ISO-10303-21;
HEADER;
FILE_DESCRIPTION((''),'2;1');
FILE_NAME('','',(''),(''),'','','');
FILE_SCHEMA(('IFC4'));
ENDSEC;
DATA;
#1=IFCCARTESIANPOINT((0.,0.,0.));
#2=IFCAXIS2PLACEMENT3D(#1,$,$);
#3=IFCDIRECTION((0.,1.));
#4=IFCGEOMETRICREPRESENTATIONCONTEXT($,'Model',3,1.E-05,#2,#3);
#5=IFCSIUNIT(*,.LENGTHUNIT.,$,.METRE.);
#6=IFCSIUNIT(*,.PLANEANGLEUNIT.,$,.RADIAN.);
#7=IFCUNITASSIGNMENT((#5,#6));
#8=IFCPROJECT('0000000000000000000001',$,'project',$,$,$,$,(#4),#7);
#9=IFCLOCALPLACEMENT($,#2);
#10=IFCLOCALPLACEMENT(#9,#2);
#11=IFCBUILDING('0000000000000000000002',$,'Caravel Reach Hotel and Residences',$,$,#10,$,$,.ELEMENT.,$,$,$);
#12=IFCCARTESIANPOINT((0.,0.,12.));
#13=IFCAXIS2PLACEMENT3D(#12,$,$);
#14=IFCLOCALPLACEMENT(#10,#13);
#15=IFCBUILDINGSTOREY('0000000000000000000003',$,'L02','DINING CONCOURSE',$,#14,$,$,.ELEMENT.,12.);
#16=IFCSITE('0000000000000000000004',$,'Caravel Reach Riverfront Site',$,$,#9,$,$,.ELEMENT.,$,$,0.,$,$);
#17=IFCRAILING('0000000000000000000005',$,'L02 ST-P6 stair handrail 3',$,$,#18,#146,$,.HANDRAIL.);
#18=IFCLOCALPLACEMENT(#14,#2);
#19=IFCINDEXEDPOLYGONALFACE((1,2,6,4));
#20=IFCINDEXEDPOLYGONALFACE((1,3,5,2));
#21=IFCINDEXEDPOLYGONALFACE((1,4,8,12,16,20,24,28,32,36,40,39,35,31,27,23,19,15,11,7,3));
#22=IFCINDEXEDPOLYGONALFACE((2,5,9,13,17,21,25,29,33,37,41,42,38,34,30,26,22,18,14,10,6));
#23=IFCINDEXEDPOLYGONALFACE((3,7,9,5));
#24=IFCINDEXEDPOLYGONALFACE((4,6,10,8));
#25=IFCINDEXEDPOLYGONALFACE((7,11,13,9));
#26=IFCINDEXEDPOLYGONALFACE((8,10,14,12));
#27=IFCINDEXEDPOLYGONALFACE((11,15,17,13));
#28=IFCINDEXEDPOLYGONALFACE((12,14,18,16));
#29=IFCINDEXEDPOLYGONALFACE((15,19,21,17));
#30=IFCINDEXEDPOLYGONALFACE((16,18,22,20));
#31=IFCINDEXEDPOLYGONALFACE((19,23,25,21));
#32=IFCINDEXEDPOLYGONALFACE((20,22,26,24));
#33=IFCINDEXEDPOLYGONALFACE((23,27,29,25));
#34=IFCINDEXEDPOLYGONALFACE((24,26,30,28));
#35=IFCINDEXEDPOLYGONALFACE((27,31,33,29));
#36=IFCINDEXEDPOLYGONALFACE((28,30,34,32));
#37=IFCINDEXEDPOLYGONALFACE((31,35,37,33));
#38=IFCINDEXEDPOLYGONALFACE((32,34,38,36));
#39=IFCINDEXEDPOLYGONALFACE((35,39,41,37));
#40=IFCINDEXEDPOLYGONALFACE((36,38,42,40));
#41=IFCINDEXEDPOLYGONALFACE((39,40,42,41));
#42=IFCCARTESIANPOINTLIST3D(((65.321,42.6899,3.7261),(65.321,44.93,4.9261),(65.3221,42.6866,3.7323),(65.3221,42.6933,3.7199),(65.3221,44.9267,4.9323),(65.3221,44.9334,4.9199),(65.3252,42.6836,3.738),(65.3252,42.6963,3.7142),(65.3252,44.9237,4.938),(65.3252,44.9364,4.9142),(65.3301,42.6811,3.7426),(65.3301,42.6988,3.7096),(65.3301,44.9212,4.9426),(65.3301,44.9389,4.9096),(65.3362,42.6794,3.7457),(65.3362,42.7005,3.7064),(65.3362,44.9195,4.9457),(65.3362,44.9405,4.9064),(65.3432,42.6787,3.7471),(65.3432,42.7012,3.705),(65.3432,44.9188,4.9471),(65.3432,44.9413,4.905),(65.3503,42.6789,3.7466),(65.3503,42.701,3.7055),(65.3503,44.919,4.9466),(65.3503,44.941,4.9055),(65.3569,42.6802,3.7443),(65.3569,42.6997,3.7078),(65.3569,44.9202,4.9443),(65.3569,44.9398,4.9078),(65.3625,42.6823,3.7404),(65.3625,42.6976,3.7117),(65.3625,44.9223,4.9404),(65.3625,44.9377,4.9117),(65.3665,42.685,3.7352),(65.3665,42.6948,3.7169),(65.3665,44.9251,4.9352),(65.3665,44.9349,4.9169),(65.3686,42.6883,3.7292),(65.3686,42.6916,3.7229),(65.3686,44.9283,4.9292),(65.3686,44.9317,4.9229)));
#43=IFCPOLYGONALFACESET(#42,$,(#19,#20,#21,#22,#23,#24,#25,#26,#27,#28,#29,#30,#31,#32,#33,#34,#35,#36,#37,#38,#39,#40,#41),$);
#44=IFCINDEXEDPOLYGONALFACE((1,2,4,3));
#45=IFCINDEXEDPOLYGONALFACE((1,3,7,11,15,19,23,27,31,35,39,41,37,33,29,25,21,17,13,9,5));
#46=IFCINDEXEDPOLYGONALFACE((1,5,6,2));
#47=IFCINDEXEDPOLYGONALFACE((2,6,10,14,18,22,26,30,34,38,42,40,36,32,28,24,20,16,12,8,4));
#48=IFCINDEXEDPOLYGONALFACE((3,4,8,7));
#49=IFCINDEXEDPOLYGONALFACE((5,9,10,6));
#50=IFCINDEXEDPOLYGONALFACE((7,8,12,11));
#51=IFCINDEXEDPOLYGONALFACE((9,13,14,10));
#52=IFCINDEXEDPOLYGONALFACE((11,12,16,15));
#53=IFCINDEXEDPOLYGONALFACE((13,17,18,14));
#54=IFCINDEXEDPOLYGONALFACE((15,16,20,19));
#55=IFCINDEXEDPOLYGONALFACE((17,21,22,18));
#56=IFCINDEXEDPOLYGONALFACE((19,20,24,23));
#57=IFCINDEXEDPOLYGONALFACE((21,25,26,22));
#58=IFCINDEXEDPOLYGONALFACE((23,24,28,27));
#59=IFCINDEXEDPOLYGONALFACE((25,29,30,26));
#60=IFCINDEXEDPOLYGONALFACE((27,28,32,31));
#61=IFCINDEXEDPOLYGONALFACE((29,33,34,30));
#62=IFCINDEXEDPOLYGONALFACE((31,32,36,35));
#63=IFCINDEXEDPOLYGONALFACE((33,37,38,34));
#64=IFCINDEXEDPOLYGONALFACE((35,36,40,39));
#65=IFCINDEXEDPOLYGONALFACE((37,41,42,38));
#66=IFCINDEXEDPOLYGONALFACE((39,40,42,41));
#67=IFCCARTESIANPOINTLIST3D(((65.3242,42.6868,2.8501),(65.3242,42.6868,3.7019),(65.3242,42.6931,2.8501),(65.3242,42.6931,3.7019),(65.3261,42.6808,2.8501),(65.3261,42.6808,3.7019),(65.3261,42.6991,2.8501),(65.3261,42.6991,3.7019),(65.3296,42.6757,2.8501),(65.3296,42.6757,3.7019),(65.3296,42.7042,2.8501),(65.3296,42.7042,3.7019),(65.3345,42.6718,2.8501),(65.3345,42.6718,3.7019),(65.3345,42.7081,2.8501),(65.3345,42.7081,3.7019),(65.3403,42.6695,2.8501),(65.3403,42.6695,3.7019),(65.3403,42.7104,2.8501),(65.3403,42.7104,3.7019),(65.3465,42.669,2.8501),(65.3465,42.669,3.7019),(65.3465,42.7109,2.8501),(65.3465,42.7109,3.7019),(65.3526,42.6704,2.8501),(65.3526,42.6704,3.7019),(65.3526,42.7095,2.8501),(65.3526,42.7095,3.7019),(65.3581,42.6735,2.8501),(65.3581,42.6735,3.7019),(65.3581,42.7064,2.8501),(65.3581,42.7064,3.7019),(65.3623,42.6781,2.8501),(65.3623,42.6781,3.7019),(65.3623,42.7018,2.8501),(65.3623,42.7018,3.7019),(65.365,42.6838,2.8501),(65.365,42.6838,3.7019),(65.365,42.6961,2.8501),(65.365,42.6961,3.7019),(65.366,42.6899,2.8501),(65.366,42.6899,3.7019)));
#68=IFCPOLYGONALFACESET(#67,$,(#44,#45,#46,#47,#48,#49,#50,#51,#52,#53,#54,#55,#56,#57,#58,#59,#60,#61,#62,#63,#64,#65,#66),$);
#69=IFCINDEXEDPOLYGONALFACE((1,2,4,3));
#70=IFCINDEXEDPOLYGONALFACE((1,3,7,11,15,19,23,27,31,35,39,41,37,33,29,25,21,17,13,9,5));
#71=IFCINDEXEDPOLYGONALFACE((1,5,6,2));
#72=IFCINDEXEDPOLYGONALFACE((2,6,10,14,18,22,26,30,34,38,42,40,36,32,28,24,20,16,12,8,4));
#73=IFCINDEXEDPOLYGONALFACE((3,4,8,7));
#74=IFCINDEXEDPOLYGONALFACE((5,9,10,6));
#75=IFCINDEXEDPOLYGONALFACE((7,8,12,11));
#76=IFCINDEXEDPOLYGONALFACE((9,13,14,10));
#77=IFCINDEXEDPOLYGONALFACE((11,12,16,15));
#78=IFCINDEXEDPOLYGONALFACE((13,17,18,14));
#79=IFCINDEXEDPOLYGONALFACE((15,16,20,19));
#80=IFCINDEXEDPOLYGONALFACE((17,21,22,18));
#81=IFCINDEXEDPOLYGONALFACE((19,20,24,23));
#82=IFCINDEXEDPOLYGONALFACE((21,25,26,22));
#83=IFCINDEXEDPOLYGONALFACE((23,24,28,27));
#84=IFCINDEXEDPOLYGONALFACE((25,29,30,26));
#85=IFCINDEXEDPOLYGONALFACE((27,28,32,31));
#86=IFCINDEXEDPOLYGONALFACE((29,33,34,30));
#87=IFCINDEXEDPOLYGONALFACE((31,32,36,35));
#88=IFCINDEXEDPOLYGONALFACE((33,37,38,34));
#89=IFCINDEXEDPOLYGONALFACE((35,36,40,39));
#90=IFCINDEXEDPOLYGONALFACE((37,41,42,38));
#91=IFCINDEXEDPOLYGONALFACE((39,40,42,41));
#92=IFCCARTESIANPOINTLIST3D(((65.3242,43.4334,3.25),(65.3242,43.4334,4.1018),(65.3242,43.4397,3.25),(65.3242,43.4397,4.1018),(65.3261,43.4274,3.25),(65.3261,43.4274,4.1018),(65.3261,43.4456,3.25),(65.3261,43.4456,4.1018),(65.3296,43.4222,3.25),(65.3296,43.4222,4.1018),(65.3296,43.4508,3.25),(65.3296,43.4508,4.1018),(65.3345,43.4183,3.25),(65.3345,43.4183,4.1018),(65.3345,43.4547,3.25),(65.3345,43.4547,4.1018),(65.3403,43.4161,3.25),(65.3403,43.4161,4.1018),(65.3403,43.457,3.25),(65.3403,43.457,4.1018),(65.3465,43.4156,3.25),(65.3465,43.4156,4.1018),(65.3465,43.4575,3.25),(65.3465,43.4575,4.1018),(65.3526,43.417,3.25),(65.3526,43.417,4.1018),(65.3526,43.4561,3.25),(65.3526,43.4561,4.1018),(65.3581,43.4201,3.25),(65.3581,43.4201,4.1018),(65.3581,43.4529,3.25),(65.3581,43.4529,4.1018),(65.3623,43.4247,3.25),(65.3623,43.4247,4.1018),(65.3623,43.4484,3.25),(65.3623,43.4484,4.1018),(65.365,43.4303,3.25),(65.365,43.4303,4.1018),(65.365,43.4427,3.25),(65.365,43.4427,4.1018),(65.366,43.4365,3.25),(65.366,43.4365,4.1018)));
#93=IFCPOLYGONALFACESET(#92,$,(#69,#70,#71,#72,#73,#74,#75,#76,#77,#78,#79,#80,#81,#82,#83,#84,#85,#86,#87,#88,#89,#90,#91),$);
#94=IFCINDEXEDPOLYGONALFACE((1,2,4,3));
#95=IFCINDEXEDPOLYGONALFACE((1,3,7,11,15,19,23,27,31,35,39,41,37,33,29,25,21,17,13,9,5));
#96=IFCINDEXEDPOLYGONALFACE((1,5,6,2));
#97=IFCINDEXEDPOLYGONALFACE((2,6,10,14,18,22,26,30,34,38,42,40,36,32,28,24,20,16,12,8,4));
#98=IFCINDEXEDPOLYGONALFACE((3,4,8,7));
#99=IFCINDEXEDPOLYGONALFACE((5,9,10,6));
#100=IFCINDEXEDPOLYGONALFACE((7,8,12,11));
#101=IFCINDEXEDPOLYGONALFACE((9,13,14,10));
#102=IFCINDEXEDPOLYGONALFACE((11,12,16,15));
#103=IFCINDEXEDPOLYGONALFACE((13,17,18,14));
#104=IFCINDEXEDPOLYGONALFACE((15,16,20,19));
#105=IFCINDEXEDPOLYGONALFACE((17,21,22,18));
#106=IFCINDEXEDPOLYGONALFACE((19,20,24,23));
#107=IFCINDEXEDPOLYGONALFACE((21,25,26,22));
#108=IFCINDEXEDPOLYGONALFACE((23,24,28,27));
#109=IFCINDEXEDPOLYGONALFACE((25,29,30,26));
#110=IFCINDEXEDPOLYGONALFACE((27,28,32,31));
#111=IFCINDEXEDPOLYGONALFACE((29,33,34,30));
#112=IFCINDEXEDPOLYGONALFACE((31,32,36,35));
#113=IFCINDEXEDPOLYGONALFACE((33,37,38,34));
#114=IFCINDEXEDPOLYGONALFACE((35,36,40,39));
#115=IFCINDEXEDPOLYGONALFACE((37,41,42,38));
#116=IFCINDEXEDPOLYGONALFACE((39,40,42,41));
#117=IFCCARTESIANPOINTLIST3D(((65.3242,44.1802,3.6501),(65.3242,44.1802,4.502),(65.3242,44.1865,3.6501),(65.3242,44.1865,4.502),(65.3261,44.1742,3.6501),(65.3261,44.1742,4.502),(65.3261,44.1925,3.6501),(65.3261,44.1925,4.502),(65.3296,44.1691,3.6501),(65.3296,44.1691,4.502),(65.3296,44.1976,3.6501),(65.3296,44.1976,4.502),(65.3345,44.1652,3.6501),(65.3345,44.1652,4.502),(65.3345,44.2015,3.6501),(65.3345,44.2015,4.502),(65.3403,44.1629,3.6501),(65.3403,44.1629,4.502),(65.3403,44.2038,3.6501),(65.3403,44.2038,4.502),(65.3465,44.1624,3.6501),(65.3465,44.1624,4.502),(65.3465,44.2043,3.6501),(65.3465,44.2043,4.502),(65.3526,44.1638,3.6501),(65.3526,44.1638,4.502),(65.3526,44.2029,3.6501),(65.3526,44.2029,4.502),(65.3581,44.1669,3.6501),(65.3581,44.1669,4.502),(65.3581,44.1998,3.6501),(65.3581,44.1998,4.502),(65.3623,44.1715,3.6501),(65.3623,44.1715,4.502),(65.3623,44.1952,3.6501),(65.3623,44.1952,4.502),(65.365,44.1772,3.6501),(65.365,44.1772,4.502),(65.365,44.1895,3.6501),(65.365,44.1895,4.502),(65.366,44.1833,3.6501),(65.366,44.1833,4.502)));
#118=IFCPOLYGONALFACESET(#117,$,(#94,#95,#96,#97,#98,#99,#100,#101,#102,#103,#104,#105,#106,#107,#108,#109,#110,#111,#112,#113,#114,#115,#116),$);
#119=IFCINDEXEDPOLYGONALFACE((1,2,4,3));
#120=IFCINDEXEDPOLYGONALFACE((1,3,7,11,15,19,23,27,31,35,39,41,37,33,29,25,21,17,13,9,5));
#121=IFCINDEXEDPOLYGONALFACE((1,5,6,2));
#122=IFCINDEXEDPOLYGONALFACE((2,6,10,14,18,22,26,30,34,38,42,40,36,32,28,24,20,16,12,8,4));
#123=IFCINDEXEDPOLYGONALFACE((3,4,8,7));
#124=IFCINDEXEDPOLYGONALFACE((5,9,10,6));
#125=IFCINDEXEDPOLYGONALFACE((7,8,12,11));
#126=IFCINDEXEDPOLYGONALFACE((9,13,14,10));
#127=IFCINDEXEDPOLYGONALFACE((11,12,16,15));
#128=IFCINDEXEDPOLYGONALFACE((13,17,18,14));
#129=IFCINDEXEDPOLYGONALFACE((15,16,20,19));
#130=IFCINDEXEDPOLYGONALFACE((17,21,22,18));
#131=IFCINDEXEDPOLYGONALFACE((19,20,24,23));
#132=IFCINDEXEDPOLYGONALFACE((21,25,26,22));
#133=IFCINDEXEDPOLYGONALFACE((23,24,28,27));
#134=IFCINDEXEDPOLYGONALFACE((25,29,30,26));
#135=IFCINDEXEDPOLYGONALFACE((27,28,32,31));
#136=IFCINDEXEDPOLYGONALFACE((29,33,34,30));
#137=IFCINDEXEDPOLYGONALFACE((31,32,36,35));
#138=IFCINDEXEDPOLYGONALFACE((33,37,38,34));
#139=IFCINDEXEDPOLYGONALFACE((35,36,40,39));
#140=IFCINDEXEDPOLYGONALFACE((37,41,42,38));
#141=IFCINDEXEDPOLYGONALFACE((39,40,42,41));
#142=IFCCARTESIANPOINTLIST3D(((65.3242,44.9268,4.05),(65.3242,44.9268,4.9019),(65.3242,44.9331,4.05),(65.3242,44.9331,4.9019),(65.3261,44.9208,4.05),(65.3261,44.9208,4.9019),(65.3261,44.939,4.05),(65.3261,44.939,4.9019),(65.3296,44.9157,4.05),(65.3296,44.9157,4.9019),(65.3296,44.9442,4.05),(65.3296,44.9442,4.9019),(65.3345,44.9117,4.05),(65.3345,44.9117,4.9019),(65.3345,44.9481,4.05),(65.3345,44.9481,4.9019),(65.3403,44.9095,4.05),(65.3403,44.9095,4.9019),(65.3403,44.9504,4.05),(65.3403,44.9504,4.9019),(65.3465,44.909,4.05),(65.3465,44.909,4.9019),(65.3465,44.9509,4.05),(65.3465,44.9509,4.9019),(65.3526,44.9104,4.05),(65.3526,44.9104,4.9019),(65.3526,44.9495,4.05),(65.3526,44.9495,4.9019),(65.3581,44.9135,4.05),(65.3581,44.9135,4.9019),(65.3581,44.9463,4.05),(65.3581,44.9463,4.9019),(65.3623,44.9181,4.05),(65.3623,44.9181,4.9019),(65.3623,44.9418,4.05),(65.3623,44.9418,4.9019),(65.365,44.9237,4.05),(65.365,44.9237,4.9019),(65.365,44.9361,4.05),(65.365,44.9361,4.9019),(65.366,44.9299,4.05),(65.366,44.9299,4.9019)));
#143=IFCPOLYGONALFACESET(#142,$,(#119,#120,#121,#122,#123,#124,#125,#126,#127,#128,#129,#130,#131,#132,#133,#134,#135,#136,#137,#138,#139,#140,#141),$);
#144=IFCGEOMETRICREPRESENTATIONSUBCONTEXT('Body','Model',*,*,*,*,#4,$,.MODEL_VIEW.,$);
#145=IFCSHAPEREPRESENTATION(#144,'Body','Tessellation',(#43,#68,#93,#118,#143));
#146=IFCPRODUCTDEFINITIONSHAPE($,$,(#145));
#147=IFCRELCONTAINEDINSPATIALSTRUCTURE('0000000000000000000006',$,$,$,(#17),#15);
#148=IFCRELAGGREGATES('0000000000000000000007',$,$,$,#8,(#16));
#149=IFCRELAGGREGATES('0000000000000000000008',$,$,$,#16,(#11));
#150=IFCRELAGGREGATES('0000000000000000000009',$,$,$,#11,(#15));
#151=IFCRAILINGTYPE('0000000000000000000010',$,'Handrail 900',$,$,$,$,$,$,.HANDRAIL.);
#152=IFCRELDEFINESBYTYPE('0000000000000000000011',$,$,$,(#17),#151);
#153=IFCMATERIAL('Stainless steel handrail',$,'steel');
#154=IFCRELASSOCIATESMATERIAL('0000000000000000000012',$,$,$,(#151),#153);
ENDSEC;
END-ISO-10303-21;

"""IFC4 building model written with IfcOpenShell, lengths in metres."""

from ifc_helpers import new_model, si_unit, direction, frame, origin, origin_2d, place, context, subcontext, project, spatial, circle, extrude, material, type_object, element, save


model = new_model("IFC4")

# Units and contexts
model_context = context("Model", 3, precision=1e-05, world=origin(), true_north=direction((0.0, 1.0)))
body_context = subcontext(model_context, "Body", "Model", "MODEL_VIEW")
ifc_project = project(units=[si_unit("LENGTHUNIT", "METRE"), si_unit("PLANEANGLEUNIT", "RADIAN")], contexts=[model_context])

# Site, building, storey
site_placement = place(None, origin())
site = spatial("IfcSite", under=ifc_project, at=site_placement, Name="Caravel Reach Riverfront Site", CompositionType="ELEMENT", RefElevation=0.0)
building_placement = place(site_placement, origin())
building = spatial("IfcBuilding", under=site, at=building_placement, Name="Caravel Reach Hotel and Residences", CompositionType="ELEMENT")
storey_placement = place(building_placement, frame((0.0, 0.0, 12.0)))
storey = spatial("IfcBuildingStorey", under=building, at=storey_placement, Name="L02", Description="DINING CONCOURSE", CompositionType="ELEMENT", Elevation=12.0)

# Railing
ifc_material_1 = material(Name="Stainless steel handrail", Category="steel")
railing_type_1 = type_object("IfcRailingType", Name="Handrail 900", PredefinedType="HANDRAIL", material=ifc_material_1)
railing_1_placement = place(storey_placement, frame((65.345, 42.6899, 2.8501)))
element("IfcRailing", 1, at=railing_1_placement, inside=storey, type_object=railing_type_1, Name="L02 ST-P6 stair handrail 3", PredefinedType="HANDRAIL", context=body_context, shape_type="SweptSolid", body=[
    extrude(circle(Radius=0.0239, at=origin_2d()), frame((0.0, 0.0, 0.876), z_axis=(0.0, 0.881487, 0.472208), x_axis=(-1.0, 0.0, 0.0)), (0.0, 0.0, 1.0), 2.5413),
    extrude(circle(Radius=0.021, at=origin_2d()), origin(), (0.0, 0.0, 1.0), 0.8518),
    extrude(circle(Radius=0.021, at=origin_2d()), frame((0.0, 0.7466, 0.3999)), (0.0, 0.0, 1.0), 0.8518),
    extrude(circle(Radius=0.021, at=origin_2d()), frame((0.0, 1.4934, 0.8)), (0.0, 0.0, 1.0), 0.8518),
    extrude(circle(Radius=0.021, at=origin_2d()), frame((0.0, 2.24, 1.2)), (0.0, 0.0, 1.0), 0.8518),
])

save(model, "model.ifc")
